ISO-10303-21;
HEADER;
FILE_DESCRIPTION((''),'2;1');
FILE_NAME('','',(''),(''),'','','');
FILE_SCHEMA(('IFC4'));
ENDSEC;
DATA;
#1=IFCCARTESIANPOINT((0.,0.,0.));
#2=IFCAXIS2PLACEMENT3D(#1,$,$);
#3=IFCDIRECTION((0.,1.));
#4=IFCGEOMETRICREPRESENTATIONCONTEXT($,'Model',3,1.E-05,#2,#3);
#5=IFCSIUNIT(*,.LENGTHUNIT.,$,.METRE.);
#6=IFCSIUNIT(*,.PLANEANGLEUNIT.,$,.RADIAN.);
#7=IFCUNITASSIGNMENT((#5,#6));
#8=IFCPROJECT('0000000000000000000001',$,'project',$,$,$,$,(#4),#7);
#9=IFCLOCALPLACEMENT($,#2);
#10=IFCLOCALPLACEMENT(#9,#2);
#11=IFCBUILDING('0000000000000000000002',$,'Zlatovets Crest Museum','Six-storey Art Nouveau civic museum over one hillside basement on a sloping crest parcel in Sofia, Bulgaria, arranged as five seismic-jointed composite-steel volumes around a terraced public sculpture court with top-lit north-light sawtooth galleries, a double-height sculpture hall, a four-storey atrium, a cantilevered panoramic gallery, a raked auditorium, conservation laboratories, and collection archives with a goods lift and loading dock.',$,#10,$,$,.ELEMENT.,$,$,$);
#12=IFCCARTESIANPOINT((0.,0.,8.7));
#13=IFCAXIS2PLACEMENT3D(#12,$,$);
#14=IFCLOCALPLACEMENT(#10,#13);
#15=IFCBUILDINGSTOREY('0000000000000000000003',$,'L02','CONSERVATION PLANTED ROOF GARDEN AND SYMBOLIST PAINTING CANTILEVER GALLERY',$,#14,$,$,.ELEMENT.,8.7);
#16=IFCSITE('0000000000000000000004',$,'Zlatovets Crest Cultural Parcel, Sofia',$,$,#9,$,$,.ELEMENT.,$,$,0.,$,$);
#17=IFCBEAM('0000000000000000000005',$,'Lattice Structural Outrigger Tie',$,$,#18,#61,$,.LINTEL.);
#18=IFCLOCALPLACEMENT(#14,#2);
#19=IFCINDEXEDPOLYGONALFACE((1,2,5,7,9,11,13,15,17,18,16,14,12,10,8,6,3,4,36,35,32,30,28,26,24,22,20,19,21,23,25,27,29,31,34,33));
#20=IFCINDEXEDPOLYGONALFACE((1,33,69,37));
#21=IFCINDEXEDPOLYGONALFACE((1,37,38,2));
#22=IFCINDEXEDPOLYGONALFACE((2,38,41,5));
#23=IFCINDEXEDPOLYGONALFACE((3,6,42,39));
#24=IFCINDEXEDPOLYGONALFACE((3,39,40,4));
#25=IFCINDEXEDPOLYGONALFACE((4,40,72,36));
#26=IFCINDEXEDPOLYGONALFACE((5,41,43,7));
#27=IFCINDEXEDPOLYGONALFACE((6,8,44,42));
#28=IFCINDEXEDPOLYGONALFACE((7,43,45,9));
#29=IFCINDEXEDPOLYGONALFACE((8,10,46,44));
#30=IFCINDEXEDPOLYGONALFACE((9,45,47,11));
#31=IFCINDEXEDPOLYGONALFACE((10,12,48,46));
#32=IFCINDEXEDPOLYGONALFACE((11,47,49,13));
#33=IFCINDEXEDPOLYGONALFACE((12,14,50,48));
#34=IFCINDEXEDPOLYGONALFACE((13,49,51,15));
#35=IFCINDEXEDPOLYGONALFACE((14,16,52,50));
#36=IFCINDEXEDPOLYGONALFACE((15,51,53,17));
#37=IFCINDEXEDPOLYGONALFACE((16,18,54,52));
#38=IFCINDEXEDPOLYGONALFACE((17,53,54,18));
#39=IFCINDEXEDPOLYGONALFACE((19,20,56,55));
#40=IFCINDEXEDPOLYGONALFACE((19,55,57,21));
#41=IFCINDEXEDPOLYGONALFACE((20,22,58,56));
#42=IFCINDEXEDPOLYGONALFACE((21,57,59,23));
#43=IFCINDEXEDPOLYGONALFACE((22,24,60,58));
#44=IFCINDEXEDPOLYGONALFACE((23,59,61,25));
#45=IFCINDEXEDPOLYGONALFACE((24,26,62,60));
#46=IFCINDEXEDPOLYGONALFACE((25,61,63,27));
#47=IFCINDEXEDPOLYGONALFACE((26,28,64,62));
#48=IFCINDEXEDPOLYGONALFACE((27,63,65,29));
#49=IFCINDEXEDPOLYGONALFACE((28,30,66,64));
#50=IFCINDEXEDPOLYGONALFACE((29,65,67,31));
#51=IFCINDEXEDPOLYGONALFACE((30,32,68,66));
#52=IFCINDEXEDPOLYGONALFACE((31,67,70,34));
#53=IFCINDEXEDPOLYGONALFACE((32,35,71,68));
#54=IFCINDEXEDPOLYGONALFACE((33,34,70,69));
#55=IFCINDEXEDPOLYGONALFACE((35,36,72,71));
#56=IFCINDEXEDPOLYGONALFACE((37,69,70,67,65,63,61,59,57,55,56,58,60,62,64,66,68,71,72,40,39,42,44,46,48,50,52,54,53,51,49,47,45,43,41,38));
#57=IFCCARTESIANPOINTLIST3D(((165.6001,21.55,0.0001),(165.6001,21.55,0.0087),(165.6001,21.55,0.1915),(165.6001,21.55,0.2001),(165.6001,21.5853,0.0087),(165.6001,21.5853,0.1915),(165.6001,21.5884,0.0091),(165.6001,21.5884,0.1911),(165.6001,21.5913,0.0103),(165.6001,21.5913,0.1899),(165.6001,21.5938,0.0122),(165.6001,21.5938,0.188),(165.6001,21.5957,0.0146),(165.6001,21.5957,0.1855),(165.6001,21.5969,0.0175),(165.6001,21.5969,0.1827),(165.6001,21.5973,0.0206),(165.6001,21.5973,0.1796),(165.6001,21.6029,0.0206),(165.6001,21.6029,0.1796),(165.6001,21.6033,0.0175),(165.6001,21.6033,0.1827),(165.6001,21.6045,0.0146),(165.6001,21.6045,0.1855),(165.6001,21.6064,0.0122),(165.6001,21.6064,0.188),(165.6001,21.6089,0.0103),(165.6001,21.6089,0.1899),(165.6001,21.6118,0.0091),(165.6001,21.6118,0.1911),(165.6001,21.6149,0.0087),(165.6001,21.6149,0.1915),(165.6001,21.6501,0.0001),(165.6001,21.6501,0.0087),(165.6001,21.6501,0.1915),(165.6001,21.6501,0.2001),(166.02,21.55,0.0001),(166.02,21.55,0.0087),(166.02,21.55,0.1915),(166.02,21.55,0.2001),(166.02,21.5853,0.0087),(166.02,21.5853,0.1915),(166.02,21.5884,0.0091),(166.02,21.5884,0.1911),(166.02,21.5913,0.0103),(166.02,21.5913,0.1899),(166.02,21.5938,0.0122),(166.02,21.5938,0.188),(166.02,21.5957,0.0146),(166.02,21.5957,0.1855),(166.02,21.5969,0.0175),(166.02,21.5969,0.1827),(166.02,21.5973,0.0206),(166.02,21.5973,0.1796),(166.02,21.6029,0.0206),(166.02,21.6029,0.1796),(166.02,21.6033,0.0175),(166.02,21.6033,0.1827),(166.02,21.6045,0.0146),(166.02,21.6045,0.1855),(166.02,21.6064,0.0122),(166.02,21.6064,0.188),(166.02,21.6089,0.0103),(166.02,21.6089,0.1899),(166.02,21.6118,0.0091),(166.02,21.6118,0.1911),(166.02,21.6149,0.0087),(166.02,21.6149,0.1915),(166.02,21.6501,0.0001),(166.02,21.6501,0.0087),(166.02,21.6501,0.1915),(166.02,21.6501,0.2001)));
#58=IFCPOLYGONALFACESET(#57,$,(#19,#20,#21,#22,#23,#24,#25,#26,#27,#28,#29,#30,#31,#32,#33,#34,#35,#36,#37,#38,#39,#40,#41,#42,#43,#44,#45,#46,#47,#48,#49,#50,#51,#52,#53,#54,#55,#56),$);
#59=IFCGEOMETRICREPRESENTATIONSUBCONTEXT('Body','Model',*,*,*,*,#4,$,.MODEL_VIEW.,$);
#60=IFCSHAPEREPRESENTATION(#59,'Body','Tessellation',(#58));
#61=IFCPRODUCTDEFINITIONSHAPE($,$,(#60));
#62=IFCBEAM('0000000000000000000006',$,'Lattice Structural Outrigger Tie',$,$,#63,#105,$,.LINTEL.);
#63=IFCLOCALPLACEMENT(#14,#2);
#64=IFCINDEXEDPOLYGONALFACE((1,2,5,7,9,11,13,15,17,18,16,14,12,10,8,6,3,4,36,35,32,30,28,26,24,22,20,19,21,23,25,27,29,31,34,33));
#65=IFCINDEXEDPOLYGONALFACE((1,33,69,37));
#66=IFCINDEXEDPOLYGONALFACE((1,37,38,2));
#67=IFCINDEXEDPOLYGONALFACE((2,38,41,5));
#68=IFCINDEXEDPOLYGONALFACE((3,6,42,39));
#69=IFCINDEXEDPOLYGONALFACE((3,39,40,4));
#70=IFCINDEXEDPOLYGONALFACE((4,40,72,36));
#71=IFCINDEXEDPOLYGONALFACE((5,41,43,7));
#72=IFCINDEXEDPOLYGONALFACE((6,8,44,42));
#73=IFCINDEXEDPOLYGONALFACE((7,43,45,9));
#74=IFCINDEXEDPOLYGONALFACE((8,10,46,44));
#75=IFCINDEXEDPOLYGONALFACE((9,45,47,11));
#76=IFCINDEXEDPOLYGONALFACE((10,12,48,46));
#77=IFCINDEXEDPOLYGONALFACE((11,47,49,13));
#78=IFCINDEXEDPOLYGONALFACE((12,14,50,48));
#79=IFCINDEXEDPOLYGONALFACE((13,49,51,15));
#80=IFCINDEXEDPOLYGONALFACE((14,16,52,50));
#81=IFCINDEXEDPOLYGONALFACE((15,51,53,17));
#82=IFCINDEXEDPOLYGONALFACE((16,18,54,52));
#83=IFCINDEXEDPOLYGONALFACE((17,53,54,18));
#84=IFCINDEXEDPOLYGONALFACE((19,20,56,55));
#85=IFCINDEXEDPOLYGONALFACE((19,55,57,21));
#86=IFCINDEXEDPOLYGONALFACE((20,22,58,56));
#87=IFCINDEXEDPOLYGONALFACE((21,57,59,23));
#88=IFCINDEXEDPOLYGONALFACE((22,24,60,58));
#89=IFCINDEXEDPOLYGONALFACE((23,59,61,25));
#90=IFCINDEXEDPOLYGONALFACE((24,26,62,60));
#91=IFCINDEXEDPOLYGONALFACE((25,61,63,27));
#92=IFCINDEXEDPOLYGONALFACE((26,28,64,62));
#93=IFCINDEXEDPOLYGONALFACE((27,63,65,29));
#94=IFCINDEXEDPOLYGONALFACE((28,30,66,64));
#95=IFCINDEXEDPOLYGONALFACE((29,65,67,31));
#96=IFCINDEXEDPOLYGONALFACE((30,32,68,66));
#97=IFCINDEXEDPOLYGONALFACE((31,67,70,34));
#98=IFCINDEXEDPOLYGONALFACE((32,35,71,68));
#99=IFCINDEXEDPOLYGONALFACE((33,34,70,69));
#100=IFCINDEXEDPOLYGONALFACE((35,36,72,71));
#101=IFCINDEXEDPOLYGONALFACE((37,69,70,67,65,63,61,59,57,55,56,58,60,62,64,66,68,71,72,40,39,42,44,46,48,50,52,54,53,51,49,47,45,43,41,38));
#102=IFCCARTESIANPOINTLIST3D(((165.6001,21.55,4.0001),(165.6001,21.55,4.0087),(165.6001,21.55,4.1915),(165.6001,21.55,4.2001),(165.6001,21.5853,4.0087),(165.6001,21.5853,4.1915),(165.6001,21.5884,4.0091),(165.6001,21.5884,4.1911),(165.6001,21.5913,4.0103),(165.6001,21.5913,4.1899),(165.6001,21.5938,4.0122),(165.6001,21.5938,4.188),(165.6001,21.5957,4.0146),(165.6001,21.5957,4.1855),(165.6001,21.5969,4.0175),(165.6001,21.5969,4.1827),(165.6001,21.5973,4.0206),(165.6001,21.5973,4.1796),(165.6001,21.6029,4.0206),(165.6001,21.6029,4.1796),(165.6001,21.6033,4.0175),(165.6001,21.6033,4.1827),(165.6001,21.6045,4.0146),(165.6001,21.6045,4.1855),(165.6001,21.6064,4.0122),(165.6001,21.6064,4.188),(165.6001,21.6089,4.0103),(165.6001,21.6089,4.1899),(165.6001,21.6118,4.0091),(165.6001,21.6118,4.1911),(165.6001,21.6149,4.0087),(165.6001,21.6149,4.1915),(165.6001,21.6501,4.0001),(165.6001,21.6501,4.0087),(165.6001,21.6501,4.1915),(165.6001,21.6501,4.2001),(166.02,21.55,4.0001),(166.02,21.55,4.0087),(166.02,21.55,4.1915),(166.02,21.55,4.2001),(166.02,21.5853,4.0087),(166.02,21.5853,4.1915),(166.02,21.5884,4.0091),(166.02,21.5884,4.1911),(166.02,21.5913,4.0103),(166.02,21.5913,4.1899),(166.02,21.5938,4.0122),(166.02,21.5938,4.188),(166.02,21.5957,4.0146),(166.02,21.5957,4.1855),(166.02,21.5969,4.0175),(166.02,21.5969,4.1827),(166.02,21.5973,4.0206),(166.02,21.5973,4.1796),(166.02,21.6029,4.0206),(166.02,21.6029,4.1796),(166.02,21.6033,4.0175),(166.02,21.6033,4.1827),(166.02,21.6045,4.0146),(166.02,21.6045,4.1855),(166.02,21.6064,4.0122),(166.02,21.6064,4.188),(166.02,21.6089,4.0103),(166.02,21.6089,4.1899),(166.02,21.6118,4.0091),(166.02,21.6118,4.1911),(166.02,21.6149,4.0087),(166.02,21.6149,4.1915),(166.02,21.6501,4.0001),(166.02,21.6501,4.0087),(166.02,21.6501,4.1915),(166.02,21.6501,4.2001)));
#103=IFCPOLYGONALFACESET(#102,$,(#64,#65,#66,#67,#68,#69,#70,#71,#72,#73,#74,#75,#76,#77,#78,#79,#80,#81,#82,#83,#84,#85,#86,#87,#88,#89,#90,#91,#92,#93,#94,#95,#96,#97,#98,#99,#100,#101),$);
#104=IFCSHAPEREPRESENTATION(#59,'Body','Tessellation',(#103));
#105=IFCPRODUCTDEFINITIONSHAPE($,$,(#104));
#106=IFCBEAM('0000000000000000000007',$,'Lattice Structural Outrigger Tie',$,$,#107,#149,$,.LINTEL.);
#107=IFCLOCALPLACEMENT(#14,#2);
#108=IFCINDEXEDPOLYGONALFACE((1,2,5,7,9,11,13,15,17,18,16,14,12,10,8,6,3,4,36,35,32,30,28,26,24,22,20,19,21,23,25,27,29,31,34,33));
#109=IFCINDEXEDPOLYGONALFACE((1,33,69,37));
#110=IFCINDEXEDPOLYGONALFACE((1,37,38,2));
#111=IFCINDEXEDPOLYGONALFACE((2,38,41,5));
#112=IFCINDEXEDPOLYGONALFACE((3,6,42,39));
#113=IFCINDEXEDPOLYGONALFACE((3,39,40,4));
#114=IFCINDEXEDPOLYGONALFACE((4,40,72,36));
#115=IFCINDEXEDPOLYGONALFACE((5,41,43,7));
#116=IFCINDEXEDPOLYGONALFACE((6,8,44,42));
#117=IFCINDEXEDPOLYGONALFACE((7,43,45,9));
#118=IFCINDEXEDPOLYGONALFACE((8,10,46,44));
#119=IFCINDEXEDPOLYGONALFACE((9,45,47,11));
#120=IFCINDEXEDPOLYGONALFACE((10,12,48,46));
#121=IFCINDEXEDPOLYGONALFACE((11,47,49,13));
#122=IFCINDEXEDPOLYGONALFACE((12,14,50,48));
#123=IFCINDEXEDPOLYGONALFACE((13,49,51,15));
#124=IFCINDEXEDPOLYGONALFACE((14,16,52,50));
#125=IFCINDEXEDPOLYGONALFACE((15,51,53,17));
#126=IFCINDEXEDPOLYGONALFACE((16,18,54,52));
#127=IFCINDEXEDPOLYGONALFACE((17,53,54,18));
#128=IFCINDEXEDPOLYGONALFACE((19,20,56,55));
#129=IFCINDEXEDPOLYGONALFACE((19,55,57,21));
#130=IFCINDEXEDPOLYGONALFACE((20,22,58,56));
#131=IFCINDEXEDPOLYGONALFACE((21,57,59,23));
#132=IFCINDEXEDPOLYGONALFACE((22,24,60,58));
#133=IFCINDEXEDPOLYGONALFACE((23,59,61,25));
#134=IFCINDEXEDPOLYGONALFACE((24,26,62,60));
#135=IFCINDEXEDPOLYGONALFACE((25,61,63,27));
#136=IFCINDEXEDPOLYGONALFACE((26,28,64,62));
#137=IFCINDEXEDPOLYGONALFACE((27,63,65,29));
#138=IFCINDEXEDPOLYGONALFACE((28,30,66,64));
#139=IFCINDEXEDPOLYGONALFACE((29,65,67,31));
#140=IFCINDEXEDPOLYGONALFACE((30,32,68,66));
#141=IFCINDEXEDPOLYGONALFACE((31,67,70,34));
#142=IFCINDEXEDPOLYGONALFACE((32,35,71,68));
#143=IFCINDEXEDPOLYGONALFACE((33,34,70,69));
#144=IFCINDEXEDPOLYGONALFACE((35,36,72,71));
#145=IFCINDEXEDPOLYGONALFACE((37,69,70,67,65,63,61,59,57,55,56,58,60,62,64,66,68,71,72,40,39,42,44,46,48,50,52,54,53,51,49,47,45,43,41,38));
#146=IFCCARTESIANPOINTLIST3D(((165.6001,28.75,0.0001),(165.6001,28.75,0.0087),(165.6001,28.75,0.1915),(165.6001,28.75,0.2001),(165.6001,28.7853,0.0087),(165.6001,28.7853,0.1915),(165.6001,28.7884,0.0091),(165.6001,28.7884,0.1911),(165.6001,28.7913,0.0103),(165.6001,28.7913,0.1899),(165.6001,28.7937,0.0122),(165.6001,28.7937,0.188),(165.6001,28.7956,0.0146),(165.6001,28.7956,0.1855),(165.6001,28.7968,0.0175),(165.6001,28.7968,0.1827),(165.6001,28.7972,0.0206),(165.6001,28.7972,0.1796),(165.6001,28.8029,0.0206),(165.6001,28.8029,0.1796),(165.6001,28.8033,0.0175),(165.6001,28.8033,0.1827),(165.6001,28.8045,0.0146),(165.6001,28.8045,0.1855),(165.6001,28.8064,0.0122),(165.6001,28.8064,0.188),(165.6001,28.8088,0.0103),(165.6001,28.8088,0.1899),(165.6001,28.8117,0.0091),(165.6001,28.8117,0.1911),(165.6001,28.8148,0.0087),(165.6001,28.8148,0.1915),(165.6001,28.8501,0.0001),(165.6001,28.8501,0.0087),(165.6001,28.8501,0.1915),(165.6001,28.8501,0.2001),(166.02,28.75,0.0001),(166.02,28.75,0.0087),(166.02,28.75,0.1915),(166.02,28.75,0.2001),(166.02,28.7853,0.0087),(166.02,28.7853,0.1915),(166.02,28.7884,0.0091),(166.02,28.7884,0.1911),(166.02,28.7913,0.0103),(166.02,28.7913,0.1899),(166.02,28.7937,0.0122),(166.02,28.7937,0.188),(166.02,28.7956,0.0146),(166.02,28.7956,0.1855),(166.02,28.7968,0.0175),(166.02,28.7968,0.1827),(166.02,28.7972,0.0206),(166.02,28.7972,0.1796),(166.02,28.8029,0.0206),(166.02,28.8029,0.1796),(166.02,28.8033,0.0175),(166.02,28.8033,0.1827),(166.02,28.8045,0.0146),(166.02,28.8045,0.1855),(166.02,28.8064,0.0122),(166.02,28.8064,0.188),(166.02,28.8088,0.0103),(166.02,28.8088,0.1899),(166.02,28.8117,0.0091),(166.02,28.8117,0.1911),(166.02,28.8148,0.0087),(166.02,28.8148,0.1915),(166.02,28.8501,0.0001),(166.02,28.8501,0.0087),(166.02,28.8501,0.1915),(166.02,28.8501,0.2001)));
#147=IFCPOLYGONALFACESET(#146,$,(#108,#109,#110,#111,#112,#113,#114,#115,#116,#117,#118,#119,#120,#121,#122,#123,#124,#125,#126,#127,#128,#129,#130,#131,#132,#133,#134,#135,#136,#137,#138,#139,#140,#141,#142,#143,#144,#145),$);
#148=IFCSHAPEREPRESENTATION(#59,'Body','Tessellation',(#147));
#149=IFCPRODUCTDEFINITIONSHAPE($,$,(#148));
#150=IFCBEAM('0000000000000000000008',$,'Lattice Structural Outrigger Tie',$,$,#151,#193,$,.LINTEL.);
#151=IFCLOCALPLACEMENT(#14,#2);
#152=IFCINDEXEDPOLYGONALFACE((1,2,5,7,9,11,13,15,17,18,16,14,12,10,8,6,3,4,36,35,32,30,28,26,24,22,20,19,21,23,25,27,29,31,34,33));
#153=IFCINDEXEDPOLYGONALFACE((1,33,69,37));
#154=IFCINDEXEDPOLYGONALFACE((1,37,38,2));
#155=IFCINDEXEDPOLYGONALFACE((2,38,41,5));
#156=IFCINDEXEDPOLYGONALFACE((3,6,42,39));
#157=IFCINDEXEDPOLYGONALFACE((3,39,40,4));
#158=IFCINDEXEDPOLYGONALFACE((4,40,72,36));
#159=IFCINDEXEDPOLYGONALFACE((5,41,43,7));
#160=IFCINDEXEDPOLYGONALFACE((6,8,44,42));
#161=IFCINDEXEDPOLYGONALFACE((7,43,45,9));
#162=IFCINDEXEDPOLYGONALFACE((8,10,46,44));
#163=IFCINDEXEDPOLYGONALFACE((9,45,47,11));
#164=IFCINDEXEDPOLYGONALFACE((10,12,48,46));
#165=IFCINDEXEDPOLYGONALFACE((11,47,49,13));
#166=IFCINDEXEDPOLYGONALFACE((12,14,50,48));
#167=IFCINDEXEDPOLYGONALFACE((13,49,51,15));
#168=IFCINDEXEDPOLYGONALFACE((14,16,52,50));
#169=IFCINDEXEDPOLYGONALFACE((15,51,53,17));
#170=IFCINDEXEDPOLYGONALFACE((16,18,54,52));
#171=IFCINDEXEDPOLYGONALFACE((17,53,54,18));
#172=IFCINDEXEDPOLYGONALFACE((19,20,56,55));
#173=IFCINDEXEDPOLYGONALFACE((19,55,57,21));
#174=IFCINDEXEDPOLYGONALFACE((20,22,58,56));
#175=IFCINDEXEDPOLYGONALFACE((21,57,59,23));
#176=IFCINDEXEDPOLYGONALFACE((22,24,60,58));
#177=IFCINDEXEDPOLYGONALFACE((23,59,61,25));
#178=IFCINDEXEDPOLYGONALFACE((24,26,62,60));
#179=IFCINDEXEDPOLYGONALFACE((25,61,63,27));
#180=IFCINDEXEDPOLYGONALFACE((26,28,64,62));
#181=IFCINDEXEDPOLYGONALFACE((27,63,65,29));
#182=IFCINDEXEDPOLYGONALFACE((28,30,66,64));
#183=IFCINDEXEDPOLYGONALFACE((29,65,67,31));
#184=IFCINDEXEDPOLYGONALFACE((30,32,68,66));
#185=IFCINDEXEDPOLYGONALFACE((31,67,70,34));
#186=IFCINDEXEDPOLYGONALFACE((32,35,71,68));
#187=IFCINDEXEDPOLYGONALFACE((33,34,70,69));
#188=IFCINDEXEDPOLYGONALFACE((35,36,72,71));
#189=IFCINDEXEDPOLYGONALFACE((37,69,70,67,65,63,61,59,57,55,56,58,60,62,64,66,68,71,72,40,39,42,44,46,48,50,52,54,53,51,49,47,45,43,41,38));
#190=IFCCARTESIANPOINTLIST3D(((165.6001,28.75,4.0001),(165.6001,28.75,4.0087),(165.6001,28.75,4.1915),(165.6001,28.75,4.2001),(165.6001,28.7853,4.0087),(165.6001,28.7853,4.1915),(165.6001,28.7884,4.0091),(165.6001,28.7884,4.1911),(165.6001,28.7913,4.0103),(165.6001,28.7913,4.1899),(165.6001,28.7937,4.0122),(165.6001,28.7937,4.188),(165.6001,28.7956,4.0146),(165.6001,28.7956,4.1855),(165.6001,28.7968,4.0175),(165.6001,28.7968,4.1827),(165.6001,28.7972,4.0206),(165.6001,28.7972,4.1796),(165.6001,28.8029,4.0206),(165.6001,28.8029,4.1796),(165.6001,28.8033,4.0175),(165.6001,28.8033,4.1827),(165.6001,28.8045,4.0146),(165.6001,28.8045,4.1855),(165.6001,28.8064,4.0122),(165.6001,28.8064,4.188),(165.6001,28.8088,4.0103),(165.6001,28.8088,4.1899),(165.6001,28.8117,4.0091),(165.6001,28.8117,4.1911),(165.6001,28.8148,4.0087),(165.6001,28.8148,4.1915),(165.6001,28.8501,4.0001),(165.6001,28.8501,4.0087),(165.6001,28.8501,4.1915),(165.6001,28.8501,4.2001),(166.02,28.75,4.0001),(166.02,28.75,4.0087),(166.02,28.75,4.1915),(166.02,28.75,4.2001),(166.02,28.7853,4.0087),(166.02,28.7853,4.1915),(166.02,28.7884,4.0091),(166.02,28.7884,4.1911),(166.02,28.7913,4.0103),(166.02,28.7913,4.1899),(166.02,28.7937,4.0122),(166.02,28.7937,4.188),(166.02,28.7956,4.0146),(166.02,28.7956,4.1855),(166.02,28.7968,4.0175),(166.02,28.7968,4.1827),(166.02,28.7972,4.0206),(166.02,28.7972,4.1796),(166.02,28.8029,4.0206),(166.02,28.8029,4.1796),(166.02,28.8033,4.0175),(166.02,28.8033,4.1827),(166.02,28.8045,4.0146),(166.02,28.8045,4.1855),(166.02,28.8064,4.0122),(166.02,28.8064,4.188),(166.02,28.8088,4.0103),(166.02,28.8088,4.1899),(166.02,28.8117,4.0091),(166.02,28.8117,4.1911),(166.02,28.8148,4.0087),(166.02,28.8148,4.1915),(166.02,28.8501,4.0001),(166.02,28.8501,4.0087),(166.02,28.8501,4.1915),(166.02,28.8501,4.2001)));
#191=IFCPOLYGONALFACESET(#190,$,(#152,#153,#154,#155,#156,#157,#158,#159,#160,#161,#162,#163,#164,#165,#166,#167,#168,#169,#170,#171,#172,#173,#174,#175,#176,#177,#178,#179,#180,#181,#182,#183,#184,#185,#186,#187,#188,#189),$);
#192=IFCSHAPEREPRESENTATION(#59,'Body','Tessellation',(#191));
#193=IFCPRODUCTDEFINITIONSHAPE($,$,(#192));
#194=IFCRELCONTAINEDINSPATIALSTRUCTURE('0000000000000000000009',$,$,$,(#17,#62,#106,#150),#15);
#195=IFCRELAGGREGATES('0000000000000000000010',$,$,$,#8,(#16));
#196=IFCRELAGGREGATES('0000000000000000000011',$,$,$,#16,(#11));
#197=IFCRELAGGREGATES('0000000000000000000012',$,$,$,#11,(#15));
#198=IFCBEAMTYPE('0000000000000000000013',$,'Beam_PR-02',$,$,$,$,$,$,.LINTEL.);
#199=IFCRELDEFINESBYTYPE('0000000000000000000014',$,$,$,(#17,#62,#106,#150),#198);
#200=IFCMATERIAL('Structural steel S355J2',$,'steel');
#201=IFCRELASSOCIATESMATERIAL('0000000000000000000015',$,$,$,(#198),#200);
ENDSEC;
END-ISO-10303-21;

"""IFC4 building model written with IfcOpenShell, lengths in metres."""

from ifc_helpers import new_model, si_unit, direction, frame, origin, origin_2d, place, context, subcontext, project, spatial, i_section, extrude, material, material_profile, profile_set, type_object, element, save


model = new_model("IFC4")

# Units and contexts
model_context = context("Model", 3, precision=1e-05, world=origin(), true_north=direction((0.0, 1.0)))
body_context = subcontext(model_context, "Body", "Model", "MODEL_VIEW")
ifc_project = project(units=[si_unit("LENGTHUNIT", "METRE"), si_unit("PLANEANGLEUNIT", "RADIAN")], contexts=[model_context])

# Site, building, storey
site_placement = place(None, origin())
site = spatial("IfcSite", under=ifc_project, at=site_placement, Name="Zlatovets Crest Cultural Parcel, Sofia", CompositionType="ELEMENT", RefElevation=0.0)
building_placement = place(site_placement, origin())
building = spatial("IfcBuilding", under=site, at=building_placement, Name="Zlatovets Crest Museum", Description="Six-storey Art Nouveau civic museum over one hillside basement on a sloping crest parcel in Sofia, Bulgaria, arranged as five seismic-jointed composite-steel volumes around a terraced public sculpture court with top-lit north-light sawtooth galleries, a double-height sculpture hall, a four-storey atrium, a cantilevered panoramic gallery, a raked auditorium, conservation laboratories, and collection archives with a goods lift and loading dock.", CompositionType="ELEMENT")
storey_placement = place(building_placement, frame((0.0, 0.0, 8.7)))
storey = spatial("IfcBuildingStorey", under=building, at=storey_placement, Name="L02", Description="CONSERVATION PLANTED ROOF GARDEN AND SYMBOLIST PAINTING CANTILEVER GALLERY", CompositionType="ELEMENT", Elevation=8.7)

# Shared definitions
ifc_material_1 = material(Name="Structural steel S355J2", Category="steel")

# Beams
ifc_material_profile_1 = material_profile(ifc_material_1, i_section(OverallWidth=0.1001, OverallDepth=0.2, WebThickness=0.0056, FlangeThickness=0.0085, FilletRadius=0.012, at=origin_2d()), Name="IPE 200")
ifc_profile_set_1 = profile_set([ifc_material_profile_1], Name="Structural steel S355J2")
beam_type_1 = type_object("IfcBeamType", Name="Beam_PR-02", PredefinedType="LINTEL", material=ifc_profile_set_1)
for number, where, z_axis, x_axis, name in (
    (1, (165.6001, 21.6001, 0.1001), (1.0, 0.0, 0.0), (0.0, 1.0, 0.0), "Lattice Structural Outrigger Tie"),
    (2, (165.6001, 21.6001, 4.1001), (1.0, 0.0, 0.0), (0.0, 1.0, 0.0), "Lattice Structural Outrigger Tie"),
    (3, (165.6001, 28.8, 0.1001), (1.0, 0.0, 0.0), (0.0, 1.0, 0.0), "Lattice Structural Outrigger Tie"),
    (4, (165.6001, 28.8, 4.1001), (1.0, 0.0, 0.0), (0.0, 1.0, 0.0), "Lattice Structural Outrigger Tie"),
):
    element("IfcBeam", number, at=place(storey_placement, frame(where, z_axis=z_axis, x_axis=x_axis)), inside=storey, type_object=beam_type_1, Name=name, PredefinedType="LINTEL", context=body_context, shape_type="SweptSolid", body=[
        extrude(i_section(OverallWidth=0.1001, OverallDepth=0.2, WebThickness=0.0056, FlangeThickness=0.0085, FilletRadius=0.012, at=origin_2d()), origin(), (0.0, 0.0, 1.0), 0.4199),
    ])

save(model, "model.ifc")
